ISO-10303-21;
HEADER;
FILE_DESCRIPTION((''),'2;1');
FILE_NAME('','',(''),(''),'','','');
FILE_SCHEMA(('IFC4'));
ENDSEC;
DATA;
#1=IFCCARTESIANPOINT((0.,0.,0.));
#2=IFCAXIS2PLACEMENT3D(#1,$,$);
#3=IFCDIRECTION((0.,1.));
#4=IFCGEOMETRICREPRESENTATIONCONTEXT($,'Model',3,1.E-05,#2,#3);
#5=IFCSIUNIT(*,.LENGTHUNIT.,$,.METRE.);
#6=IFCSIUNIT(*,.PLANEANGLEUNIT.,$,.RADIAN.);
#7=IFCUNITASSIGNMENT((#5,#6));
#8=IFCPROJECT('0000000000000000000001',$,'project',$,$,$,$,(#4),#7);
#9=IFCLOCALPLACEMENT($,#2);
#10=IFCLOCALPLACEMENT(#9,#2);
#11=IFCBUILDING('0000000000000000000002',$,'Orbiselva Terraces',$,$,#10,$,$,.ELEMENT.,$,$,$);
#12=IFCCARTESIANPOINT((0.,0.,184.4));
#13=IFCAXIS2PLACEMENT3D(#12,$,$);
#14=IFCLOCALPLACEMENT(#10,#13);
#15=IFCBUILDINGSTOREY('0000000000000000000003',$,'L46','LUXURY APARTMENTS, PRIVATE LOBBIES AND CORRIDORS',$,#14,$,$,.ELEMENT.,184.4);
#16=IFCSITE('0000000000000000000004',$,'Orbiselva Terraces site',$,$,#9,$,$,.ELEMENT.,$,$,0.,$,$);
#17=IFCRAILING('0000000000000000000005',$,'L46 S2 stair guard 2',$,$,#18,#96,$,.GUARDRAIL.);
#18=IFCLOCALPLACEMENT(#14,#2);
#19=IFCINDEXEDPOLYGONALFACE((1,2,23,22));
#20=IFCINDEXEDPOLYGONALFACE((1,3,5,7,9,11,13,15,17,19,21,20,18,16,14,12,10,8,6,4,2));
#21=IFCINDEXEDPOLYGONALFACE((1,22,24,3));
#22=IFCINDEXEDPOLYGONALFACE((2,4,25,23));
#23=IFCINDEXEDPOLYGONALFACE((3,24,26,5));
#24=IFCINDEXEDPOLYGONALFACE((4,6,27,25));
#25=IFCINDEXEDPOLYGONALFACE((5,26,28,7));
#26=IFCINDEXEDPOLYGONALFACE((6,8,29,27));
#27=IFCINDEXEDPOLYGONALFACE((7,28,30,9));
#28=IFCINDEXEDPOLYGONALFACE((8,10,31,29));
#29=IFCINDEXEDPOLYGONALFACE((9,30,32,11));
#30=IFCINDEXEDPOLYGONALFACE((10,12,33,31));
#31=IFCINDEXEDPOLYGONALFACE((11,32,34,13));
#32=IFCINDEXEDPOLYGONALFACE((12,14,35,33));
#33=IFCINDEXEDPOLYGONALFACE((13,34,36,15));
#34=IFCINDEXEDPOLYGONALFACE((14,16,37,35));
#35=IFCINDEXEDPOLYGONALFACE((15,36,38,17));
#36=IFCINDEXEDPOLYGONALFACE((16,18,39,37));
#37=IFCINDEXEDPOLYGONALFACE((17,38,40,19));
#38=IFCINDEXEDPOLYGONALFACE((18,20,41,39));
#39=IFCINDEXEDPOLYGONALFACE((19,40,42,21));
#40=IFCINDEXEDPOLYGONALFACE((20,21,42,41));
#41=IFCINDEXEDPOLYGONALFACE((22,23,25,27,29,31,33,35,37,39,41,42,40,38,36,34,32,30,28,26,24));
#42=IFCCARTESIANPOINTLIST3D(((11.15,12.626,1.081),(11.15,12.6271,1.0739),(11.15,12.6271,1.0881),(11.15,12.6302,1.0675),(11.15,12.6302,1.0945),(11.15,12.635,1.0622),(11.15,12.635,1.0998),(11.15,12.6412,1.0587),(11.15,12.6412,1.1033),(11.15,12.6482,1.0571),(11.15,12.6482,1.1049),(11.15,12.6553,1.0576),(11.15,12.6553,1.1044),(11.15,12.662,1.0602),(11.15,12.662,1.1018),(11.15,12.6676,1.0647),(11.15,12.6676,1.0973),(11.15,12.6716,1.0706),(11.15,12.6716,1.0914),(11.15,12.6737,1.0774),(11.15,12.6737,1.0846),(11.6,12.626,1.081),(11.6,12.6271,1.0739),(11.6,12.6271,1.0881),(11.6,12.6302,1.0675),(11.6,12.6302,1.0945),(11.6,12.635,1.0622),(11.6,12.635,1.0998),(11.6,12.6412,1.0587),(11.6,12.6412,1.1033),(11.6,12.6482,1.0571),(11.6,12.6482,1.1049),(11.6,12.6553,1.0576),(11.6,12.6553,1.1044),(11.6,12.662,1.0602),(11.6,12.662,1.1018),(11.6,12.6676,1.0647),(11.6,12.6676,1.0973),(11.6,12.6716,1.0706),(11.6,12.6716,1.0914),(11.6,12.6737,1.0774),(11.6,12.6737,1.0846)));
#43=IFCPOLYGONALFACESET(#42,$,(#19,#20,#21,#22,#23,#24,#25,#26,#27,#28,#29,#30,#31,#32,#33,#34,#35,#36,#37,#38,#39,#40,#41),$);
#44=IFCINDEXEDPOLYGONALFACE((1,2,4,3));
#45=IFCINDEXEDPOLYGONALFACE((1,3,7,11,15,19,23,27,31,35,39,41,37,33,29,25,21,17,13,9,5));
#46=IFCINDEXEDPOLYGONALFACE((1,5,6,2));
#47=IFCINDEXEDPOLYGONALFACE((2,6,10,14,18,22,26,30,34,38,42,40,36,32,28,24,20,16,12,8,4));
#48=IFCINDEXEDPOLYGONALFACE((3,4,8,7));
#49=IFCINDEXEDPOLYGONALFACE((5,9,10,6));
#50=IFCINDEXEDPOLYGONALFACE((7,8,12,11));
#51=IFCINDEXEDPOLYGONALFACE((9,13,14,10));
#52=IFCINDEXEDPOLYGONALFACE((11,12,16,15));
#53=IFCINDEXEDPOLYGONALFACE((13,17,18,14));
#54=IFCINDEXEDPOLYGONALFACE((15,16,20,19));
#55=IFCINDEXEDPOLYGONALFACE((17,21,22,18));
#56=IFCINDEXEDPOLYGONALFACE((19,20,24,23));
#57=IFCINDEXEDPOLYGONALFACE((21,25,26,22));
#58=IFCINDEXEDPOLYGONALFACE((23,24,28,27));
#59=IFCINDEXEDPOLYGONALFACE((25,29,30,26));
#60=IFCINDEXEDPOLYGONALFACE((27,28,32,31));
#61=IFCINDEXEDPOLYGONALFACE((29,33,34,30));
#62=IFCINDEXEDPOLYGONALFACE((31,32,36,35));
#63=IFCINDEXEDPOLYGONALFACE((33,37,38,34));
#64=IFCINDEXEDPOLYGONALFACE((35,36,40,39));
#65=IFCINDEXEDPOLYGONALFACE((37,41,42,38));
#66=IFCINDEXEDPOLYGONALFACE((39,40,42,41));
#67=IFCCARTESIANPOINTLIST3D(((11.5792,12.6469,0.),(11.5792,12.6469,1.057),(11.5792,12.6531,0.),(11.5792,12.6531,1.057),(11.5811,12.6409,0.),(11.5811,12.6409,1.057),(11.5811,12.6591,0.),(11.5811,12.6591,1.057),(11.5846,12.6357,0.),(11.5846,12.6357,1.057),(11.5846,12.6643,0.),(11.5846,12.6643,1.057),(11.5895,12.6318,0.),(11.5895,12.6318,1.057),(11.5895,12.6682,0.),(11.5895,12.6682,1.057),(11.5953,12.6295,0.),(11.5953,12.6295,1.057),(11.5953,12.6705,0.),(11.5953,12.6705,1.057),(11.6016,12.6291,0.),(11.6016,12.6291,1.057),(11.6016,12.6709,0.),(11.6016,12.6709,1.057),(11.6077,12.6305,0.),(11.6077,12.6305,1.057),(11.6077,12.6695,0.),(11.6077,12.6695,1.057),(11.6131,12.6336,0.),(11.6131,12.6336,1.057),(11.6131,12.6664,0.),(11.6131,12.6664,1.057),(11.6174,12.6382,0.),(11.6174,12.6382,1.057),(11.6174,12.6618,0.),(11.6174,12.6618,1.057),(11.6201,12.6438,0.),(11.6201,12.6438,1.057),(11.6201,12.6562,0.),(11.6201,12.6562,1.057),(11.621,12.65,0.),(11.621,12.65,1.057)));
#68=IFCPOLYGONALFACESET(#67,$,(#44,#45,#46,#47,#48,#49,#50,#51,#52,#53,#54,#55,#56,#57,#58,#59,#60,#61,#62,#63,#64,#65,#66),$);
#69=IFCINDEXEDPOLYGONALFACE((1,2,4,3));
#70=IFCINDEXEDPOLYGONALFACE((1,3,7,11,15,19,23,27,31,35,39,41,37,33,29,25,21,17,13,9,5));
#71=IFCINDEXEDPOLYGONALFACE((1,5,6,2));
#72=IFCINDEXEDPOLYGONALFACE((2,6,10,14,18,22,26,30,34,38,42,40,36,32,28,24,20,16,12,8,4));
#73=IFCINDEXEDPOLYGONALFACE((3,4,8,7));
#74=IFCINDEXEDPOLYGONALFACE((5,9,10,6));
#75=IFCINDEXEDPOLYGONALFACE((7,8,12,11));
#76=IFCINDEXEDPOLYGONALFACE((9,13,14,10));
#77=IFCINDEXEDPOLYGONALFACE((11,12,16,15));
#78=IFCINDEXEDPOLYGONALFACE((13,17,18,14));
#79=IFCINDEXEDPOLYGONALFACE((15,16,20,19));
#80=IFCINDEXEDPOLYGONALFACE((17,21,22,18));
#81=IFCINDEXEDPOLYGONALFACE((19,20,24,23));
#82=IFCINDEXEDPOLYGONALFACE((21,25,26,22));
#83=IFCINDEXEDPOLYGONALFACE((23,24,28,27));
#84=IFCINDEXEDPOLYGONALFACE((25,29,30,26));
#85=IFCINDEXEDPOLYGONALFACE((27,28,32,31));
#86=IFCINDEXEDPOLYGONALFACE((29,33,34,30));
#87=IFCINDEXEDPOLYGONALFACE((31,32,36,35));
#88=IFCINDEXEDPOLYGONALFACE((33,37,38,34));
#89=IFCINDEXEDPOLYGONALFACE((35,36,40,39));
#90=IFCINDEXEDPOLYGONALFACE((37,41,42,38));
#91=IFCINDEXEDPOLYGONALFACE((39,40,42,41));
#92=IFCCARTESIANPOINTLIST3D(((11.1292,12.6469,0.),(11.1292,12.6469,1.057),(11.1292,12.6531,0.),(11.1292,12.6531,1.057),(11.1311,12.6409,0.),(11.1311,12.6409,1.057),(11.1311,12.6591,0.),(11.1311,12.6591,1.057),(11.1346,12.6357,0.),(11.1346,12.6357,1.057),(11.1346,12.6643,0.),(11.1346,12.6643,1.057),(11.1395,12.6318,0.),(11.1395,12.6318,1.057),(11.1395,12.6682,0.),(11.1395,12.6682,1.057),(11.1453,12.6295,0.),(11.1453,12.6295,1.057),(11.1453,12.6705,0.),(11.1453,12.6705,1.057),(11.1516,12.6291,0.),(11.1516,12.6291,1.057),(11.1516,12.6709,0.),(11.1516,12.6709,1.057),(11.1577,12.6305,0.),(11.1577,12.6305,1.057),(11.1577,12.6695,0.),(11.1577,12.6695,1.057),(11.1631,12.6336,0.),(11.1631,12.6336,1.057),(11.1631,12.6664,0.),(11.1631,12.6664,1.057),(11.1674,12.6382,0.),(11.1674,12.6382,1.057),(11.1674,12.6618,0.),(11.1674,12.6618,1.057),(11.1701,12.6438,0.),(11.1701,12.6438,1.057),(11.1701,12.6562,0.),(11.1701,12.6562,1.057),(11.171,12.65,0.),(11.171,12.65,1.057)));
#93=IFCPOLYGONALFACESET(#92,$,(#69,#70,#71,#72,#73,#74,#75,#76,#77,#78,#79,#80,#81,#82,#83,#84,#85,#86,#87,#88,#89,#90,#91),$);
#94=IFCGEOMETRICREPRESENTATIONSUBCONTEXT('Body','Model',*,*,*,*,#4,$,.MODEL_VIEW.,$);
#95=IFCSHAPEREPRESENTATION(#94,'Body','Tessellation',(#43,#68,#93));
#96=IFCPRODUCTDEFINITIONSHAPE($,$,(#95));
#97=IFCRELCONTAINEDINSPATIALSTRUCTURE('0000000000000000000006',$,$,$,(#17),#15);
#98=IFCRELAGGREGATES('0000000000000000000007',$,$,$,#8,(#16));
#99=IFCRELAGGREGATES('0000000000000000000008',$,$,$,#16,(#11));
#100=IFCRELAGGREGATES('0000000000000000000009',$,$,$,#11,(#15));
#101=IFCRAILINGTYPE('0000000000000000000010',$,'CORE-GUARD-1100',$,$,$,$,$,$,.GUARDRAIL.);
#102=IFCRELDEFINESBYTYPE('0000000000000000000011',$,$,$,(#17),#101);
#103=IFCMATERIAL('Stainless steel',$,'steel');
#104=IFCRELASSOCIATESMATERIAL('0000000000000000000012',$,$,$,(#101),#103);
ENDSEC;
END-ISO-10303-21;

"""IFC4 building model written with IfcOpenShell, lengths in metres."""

from ifc_helpers import new_model, si_unit, direction, frame, origin, origin_2d, place, context, subcontext, project, spatial, circle, extrude, material, type_object, element, save


model = new_model("IFC4")

# Units and contexts
model_context = context("Model", 3, precision=1e-05, world=origin(), true_north=direction((0.0, 1.0)))
body_context = subcontext(model_context, "Body", "Model", "MODEL_VIEW")
ifc_project = project(units=[si_unit("LENGTHUNIT", "METRE"), si_unit("PLANEANGLEUNIT", "RADIAN")], contexts=[model_context])

# Site, building, storey
site_placement = place(None, origin())
site = spatial("IfcSite", under=ifc_project, at=site_placement, Name="Orbiselva Terraces site", CompositionType="ELEMENT", RefElevation=0.0)
building_placement = place(site_placement, origin())
building = spatial("IfcBuilding", under=site, at=building_placement, Name="Orbiselva Terraces", CompositionType="ELEMENT")
storey_placement = place(building_placement, frame((0.0, 0.0, 184.4)))
storey = spatial("IfcBuildingStorey", under=building, at=storey_placement, Name="L46", Description="LUXURY APARTMENTS, PRIVATE LOBBIES AND CORRIDORS", CompositionType="ELEMENT", Elevation=184.4)

# Railing
ifc_material_1 = material(Name="Stainless steel", Category="steel")
railing_type_1 = type_object("IfcRailingType", Name="CORE-GUARD-1100", PredefinedType="GUARDRAIL", material=ifc_material_1)
railing_1_placement = place(storey_placement, frame((11.6, 12.65, 0.0)))
element("IfcRailing", 1, at=railing_1_placement, inside=storey, type_object=railing_type_1, Name="L46 S2 stair guard 2", PredefinedType="GUARDRAIL", context=body_context, shape_type="SweptSolid", body=[
    extrude(circle(Radius=0.024, at=origin_2d()), frame((0.0, 0.0, 1.081), z_axis=(-1.0, 0.0, 0.0), x_axis=(0.0, -1.0, 0.0)), (0.0, 0.0, 1.0), 0.45),
    extrude(circle(Radius=0.021, at=origin_2d()), origin(), (0.0, 0.0, 1.0), 1.057),
    extrude(circle(Radius=0.021, at=origin_2d()), frame((-0.45, 0.0, 0.0)), (0.0, 0.0, 1.0), 1.057),
])

save(model, "model.ifc")
